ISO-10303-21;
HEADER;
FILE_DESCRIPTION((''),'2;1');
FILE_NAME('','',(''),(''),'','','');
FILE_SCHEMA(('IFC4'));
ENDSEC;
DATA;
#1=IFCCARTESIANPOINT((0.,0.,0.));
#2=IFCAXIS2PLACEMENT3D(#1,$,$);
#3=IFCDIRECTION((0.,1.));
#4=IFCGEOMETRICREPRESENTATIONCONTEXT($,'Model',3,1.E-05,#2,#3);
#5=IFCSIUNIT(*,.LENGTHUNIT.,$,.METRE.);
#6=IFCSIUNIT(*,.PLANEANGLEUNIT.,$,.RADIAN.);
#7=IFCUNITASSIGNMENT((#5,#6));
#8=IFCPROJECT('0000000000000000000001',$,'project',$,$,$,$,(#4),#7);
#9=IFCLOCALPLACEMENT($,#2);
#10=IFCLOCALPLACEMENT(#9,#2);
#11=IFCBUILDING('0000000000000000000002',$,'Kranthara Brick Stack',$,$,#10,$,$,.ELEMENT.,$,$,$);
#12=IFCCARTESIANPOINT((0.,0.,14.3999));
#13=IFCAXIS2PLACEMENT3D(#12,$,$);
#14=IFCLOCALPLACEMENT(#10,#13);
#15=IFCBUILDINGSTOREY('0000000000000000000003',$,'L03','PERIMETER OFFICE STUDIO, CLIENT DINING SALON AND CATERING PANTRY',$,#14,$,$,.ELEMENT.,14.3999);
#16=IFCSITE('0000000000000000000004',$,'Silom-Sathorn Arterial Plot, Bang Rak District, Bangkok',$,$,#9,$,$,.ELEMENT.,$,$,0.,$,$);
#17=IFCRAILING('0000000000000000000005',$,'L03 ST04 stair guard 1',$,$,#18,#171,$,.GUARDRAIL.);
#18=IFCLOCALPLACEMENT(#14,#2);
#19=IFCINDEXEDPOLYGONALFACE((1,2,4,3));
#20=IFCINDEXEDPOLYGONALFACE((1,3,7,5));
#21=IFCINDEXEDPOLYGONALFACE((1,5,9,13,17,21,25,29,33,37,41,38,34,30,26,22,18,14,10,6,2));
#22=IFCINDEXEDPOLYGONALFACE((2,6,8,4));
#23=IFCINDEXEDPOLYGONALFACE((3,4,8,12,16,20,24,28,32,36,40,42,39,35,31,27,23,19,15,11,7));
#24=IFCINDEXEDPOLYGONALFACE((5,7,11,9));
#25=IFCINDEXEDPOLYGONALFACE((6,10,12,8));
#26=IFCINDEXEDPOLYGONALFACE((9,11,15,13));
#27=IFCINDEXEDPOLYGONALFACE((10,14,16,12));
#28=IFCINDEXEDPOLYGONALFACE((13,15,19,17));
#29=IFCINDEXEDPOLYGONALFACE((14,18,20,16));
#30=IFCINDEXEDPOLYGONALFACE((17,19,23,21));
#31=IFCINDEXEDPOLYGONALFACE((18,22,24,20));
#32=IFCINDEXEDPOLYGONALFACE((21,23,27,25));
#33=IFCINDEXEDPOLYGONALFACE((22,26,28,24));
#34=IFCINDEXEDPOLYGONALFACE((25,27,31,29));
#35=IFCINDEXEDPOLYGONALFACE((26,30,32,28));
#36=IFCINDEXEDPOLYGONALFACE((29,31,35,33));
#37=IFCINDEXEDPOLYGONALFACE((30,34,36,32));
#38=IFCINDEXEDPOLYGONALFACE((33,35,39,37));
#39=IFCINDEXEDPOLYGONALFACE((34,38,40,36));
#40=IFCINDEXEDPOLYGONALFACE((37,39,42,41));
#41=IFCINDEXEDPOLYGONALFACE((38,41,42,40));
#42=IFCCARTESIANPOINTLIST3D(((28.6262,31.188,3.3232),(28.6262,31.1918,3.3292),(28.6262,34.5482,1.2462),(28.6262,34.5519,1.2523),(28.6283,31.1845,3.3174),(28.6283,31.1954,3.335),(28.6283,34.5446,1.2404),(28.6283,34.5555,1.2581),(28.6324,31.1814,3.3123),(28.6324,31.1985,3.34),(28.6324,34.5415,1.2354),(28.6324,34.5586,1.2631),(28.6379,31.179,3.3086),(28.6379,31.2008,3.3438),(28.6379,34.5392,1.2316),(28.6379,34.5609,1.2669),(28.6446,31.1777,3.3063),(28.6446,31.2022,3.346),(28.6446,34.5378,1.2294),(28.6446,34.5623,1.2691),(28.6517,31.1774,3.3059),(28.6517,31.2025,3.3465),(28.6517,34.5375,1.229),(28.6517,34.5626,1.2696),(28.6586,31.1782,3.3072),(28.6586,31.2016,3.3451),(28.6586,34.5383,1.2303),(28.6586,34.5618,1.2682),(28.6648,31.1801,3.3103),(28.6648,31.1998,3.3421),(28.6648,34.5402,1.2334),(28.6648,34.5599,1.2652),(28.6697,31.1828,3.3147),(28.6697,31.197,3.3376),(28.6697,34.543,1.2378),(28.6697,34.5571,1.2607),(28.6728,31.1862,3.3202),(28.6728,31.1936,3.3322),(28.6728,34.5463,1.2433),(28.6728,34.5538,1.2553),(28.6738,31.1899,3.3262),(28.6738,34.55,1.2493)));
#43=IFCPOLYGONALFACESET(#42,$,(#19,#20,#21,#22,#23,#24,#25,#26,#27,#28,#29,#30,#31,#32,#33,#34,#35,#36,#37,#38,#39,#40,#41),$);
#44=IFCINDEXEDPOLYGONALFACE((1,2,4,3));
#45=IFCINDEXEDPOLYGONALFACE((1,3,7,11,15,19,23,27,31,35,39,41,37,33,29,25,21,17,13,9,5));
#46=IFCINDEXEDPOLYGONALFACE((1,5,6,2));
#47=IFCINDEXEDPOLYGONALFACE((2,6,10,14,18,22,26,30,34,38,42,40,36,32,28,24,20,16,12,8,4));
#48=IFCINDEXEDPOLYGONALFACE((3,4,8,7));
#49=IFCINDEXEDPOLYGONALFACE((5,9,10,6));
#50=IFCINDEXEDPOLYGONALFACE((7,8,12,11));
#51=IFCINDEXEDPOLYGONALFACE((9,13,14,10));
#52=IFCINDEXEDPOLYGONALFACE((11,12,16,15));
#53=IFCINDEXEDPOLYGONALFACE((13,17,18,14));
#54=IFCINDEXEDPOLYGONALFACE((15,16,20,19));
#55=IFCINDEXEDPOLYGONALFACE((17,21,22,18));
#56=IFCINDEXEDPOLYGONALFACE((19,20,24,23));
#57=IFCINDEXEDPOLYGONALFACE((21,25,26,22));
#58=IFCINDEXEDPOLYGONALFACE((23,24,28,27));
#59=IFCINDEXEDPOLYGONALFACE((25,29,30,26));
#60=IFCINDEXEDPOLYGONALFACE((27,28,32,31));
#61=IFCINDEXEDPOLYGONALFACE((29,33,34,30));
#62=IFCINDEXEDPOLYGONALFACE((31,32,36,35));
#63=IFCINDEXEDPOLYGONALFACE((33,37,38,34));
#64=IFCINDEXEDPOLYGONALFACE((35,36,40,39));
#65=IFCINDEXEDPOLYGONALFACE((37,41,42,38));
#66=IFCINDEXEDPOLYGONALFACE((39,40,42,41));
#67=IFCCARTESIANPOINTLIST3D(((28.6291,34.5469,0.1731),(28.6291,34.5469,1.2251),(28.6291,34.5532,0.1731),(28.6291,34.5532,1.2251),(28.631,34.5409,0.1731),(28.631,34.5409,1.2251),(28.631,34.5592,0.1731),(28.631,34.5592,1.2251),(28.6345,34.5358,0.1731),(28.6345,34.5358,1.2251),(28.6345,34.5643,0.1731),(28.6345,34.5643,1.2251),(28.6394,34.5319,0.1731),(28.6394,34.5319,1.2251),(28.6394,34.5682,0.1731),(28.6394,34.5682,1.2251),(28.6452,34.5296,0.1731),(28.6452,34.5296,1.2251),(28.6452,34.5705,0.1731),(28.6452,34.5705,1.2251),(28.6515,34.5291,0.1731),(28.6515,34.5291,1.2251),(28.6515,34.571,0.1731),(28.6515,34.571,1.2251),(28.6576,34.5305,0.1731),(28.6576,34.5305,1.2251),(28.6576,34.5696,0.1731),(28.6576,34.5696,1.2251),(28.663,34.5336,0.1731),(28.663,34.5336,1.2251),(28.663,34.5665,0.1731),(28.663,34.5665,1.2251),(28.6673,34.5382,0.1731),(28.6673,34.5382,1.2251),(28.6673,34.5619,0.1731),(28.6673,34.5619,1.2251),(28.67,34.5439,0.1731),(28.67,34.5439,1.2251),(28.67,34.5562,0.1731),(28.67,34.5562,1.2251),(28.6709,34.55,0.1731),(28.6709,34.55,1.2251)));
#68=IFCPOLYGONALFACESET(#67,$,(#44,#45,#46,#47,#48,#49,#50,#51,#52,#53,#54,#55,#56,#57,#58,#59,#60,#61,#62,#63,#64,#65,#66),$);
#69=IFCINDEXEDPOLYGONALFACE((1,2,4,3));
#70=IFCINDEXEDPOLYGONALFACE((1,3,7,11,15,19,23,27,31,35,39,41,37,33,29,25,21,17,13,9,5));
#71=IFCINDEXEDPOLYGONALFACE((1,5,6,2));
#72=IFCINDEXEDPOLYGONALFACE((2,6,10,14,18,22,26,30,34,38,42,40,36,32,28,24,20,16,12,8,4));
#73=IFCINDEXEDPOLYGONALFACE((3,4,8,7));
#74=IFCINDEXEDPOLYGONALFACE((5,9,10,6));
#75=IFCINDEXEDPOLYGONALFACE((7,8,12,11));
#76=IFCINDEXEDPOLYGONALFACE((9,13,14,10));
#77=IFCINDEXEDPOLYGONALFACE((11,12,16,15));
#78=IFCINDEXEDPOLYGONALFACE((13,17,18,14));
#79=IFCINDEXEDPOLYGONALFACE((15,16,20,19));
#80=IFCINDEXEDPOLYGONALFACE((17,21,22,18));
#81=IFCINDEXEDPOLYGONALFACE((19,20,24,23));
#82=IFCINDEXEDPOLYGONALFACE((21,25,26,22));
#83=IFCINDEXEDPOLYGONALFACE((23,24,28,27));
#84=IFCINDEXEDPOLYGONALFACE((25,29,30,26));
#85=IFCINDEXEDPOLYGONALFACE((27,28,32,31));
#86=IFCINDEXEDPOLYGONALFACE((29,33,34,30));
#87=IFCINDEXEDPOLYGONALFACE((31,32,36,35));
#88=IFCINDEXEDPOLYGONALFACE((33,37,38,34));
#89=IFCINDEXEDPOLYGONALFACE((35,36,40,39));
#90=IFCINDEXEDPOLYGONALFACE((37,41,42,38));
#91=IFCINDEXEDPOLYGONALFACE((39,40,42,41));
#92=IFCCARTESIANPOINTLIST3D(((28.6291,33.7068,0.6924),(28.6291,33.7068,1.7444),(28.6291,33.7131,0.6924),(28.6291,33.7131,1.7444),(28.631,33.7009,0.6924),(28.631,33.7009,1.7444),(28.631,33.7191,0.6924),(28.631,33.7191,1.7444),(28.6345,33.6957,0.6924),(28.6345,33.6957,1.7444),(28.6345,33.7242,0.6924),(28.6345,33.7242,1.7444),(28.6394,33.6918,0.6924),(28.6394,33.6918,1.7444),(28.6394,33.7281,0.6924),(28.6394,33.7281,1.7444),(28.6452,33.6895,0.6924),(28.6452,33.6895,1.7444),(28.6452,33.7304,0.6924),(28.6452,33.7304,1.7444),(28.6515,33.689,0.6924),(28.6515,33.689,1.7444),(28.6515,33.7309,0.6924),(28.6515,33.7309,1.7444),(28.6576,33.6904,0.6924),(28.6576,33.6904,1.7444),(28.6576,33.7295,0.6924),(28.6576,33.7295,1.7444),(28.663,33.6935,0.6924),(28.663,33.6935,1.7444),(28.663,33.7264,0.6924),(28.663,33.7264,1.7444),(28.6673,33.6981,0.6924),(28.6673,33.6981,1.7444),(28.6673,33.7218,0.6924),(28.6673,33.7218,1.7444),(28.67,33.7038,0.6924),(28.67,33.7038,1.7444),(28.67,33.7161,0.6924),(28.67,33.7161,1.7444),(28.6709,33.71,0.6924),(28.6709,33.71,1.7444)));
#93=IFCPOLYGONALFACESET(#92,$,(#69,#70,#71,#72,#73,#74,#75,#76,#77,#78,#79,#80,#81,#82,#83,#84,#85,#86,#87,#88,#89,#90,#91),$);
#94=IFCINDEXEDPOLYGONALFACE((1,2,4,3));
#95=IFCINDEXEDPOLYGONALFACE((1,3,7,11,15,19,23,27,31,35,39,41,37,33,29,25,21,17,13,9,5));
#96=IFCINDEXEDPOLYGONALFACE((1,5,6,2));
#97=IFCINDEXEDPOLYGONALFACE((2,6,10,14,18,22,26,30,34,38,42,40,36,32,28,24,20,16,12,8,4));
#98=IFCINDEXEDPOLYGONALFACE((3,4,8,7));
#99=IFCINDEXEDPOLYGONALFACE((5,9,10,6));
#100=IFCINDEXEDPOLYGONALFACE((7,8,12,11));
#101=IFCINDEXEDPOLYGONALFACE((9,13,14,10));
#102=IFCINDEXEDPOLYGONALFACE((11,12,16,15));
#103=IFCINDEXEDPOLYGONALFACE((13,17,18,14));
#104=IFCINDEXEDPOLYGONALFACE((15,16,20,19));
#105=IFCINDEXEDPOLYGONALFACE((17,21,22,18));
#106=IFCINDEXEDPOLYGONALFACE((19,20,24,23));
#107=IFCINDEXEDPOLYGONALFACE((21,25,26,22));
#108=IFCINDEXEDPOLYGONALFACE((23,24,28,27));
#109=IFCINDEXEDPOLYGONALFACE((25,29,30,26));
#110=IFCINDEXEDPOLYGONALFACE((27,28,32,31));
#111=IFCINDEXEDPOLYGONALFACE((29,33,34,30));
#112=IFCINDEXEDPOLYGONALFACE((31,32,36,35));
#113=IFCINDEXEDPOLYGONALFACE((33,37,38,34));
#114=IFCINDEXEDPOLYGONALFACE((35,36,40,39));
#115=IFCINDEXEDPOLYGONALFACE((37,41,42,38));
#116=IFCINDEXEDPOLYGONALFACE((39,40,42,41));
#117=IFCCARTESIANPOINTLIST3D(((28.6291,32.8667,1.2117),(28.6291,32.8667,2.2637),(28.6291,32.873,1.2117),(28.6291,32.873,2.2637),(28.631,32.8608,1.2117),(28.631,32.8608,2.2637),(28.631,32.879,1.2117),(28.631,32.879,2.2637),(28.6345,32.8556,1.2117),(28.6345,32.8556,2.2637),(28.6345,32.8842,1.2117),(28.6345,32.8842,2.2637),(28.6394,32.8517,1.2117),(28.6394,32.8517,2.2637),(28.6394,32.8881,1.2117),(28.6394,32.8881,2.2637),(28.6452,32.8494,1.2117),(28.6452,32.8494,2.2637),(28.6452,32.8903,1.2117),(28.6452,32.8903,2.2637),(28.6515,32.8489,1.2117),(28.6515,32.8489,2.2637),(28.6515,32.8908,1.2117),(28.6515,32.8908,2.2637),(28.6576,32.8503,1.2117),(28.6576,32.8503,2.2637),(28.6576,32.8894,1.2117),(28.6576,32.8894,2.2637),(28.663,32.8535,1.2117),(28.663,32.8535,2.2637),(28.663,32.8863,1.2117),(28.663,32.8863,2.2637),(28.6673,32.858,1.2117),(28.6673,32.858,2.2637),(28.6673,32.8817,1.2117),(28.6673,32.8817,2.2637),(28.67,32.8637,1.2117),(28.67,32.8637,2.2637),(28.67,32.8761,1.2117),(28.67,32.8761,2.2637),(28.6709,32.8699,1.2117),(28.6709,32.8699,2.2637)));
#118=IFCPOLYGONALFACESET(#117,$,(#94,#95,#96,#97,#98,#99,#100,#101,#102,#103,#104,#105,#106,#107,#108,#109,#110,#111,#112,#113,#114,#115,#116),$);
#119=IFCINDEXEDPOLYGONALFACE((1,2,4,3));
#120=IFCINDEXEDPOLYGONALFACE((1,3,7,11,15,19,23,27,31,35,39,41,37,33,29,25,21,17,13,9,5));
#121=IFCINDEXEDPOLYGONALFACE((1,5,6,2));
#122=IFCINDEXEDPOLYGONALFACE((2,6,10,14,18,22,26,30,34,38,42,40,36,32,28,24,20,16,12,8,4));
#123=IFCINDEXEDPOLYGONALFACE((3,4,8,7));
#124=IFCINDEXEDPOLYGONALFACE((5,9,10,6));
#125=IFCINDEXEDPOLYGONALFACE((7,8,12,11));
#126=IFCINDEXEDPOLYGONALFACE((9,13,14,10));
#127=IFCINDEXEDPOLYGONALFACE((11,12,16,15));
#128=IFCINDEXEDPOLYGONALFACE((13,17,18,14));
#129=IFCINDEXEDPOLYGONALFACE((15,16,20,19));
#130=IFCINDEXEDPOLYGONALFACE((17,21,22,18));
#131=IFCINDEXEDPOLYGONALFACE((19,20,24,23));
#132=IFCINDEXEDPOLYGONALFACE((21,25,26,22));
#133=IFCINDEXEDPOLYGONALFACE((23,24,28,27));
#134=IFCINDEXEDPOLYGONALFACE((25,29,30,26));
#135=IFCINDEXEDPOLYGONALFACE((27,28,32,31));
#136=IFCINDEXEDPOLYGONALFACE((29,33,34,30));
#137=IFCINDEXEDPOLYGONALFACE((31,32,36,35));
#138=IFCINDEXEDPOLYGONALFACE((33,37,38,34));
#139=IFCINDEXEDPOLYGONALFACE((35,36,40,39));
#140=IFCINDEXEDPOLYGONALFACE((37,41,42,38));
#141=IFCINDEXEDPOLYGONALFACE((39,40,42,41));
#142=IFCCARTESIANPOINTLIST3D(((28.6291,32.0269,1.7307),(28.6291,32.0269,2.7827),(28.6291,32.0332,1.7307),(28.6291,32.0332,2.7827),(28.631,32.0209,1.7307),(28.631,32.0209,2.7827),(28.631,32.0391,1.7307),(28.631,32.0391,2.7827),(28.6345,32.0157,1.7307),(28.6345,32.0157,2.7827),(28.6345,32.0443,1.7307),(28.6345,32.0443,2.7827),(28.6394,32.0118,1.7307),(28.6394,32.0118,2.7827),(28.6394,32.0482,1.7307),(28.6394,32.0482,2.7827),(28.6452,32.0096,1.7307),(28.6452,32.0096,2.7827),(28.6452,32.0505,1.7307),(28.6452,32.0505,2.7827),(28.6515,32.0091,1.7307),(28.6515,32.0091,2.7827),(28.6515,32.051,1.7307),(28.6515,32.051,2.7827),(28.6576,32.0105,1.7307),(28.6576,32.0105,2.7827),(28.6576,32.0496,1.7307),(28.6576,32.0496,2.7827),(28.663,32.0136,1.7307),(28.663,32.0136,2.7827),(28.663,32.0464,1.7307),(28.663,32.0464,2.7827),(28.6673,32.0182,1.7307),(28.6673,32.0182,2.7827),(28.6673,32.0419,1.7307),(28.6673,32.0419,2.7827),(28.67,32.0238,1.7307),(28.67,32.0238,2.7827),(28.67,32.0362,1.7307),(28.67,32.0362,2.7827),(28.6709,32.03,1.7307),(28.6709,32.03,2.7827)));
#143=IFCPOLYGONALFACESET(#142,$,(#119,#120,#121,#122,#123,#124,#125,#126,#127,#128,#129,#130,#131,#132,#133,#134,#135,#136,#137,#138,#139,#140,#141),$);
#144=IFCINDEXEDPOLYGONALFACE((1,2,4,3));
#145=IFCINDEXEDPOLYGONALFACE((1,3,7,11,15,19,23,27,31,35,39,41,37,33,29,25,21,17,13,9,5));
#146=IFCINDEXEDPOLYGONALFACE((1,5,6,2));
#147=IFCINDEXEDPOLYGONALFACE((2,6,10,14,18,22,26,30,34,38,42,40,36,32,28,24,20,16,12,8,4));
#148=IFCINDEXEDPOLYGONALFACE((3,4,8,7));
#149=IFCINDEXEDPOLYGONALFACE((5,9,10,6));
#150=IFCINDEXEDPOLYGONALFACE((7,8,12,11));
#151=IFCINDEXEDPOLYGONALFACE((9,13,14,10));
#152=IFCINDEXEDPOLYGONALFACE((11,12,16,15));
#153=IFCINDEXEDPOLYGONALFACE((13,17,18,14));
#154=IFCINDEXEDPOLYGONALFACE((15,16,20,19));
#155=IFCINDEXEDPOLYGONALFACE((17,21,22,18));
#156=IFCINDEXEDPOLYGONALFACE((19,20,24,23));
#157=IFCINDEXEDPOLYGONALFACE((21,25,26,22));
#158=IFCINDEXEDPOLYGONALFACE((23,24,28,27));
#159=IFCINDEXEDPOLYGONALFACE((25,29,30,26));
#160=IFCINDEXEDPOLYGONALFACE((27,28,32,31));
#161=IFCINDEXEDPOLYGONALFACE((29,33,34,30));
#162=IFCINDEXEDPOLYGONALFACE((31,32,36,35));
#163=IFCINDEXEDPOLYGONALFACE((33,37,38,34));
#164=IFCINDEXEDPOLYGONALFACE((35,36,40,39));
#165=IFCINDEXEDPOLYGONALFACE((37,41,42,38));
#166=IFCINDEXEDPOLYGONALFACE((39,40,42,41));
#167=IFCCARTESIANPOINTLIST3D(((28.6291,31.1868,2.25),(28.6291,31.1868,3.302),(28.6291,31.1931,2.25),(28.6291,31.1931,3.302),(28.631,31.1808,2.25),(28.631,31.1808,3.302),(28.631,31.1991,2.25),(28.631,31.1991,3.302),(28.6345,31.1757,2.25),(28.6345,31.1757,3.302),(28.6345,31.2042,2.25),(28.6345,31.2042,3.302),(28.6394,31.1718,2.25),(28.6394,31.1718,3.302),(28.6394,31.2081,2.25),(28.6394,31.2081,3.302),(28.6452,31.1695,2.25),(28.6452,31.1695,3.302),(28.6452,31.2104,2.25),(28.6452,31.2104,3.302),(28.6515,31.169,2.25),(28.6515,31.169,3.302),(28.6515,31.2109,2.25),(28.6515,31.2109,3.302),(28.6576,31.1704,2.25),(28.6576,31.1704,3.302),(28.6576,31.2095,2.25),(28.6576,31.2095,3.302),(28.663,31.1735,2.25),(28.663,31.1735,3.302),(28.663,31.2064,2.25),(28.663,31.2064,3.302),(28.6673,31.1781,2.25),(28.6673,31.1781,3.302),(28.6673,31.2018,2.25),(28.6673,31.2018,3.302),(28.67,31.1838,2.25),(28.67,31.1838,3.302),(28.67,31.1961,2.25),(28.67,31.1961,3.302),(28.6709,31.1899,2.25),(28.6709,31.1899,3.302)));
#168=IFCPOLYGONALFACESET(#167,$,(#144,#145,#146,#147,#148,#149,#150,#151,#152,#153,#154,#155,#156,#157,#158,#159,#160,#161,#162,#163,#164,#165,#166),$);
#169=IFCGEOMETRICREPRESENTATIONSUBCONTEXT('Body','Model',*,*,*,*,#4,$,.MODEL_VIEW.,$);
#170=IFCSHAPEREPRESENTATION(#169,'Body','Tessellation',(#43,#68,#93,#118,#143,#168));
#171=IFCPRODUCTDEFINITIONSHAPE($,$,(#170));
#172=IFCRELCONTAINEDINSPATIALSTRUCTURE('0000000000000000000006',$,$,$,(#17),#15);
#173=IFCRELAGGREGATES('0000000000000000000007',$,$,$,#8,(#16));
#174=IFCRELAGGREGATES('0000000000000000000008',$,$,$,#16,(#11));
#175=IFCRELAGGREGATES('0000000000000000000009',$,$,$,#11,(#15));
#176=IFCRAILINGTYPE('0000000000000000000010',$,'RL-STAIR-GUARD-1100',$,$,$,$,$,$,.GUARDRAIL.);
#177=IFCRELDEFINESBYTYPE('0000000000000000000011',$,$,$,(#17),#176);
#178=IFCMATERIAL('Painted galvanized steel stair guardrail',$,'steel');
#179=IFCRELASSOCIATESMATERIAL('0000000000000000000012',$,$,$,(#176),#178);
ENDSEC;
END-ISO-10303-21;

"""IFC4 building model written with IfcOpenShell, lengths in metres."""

from ifc_helpers import new_model, si_unit, direction, frame, origin, origin_2d, place, context, subcontext, project, spatial, circle, extrude, material, type_object, element, save


model = new_model("IFC4")

# Units and contexts
model_context = context("Model", 3, precision=1e-05, world=origin(), true_north=direction((0.0, 1.0)))
body_context = subcontext(model_context, "Body", "Model", "MODEL_VIEW")
ifc_project = project(units=[si_unit("LENGTHUNIT", "METRE"), si_unit("PLANEANGLEUNIT", "RADIAN")], contexts=[model_context])

# Site, building, storey
site_placement = place(None, origin())
site = spatial("IfcSite", under=ifc_project, at=site_placement, Name="Silom-Sathorn Arterial Plot, Bang Rak District, Bangkok", CompositionType="ELEMENT", RefElevation=0.0)
building_placement = place(site_placement, origin())
building = spatial("IfcBuilding", under=site, at=building_placement, Name="Kranthara Brick Stack", CompositionType="ELEMENT")
storey_placement = place(building_placement, frame((0.0, 0.0, 14.3999)))
storey = spatial("IfcBuildingStorey", under=building, at=storey_placement, Name="L03", Description="PERIMETER OFFICE STUDIO, CLIENT DINING SALON AND CATERING PANTRY", CompositionType="ELEMENT", Elevation=14.3999)

# Railing
ifc_material_1 = material(Name="Painted galvanized steel stair guardrail", Category="steel")
railing_type_1 = type_object("IfcRailingType", Name="RL-STAIR-GUARD-1100", PredefinedType="GUARDRAIL", material=ifc_material_1)
railing_1_placement = place(storey_placement, frame((28.6499, 34.55, 0.1731)))
element("IfcRailing", 1, at=railing_1_placement, inside=storey, type_object=railing_type_1, Name="L03 ST04 stair guard 1", PredefinedType="GUARDRAIL", context=body_context, shape_type="SweptSolid", body=[
    extrude(circle(Radius=0.0239, at=origin_2d()), frame((0.0, 0.0, 1.0762), z_axis=(0.0, -0.850623, 0.525776), x_axis=(1.0, 0.0, 0.0)), (0.0, 0.0, 1.0), 3.9502),
    extrude(circle(Radius=0.021, at=origin_2d()), origin(), (0.0, 0.0, 1.0), 1.052),
    extrude(circle(Radius=0.021, at=origin_2d()), frame((0.0, -0.8401, 0.5193)), (0.0, 0.0, 1.0), 1.052),
    extrude(circle(Radius=0.021, at=origin_2d()), frame((0.0, -1.6802, 1.0386)), (0.0, 0.0, 1.0), 1.052),
    extrude(circle(Radius=0.021, at=origin_2d()), frame((0.0, -2.52, 1.5576)), (0.0, 0.0, 1.0), 1.052),
    extrude(circle(Radius=0.021, at=origin_2d()), frame((0.0, -3.3601, 2.0769)), (0.0, 0.0, 1.0), 1.052),
])

save(model, "model.ifc")
